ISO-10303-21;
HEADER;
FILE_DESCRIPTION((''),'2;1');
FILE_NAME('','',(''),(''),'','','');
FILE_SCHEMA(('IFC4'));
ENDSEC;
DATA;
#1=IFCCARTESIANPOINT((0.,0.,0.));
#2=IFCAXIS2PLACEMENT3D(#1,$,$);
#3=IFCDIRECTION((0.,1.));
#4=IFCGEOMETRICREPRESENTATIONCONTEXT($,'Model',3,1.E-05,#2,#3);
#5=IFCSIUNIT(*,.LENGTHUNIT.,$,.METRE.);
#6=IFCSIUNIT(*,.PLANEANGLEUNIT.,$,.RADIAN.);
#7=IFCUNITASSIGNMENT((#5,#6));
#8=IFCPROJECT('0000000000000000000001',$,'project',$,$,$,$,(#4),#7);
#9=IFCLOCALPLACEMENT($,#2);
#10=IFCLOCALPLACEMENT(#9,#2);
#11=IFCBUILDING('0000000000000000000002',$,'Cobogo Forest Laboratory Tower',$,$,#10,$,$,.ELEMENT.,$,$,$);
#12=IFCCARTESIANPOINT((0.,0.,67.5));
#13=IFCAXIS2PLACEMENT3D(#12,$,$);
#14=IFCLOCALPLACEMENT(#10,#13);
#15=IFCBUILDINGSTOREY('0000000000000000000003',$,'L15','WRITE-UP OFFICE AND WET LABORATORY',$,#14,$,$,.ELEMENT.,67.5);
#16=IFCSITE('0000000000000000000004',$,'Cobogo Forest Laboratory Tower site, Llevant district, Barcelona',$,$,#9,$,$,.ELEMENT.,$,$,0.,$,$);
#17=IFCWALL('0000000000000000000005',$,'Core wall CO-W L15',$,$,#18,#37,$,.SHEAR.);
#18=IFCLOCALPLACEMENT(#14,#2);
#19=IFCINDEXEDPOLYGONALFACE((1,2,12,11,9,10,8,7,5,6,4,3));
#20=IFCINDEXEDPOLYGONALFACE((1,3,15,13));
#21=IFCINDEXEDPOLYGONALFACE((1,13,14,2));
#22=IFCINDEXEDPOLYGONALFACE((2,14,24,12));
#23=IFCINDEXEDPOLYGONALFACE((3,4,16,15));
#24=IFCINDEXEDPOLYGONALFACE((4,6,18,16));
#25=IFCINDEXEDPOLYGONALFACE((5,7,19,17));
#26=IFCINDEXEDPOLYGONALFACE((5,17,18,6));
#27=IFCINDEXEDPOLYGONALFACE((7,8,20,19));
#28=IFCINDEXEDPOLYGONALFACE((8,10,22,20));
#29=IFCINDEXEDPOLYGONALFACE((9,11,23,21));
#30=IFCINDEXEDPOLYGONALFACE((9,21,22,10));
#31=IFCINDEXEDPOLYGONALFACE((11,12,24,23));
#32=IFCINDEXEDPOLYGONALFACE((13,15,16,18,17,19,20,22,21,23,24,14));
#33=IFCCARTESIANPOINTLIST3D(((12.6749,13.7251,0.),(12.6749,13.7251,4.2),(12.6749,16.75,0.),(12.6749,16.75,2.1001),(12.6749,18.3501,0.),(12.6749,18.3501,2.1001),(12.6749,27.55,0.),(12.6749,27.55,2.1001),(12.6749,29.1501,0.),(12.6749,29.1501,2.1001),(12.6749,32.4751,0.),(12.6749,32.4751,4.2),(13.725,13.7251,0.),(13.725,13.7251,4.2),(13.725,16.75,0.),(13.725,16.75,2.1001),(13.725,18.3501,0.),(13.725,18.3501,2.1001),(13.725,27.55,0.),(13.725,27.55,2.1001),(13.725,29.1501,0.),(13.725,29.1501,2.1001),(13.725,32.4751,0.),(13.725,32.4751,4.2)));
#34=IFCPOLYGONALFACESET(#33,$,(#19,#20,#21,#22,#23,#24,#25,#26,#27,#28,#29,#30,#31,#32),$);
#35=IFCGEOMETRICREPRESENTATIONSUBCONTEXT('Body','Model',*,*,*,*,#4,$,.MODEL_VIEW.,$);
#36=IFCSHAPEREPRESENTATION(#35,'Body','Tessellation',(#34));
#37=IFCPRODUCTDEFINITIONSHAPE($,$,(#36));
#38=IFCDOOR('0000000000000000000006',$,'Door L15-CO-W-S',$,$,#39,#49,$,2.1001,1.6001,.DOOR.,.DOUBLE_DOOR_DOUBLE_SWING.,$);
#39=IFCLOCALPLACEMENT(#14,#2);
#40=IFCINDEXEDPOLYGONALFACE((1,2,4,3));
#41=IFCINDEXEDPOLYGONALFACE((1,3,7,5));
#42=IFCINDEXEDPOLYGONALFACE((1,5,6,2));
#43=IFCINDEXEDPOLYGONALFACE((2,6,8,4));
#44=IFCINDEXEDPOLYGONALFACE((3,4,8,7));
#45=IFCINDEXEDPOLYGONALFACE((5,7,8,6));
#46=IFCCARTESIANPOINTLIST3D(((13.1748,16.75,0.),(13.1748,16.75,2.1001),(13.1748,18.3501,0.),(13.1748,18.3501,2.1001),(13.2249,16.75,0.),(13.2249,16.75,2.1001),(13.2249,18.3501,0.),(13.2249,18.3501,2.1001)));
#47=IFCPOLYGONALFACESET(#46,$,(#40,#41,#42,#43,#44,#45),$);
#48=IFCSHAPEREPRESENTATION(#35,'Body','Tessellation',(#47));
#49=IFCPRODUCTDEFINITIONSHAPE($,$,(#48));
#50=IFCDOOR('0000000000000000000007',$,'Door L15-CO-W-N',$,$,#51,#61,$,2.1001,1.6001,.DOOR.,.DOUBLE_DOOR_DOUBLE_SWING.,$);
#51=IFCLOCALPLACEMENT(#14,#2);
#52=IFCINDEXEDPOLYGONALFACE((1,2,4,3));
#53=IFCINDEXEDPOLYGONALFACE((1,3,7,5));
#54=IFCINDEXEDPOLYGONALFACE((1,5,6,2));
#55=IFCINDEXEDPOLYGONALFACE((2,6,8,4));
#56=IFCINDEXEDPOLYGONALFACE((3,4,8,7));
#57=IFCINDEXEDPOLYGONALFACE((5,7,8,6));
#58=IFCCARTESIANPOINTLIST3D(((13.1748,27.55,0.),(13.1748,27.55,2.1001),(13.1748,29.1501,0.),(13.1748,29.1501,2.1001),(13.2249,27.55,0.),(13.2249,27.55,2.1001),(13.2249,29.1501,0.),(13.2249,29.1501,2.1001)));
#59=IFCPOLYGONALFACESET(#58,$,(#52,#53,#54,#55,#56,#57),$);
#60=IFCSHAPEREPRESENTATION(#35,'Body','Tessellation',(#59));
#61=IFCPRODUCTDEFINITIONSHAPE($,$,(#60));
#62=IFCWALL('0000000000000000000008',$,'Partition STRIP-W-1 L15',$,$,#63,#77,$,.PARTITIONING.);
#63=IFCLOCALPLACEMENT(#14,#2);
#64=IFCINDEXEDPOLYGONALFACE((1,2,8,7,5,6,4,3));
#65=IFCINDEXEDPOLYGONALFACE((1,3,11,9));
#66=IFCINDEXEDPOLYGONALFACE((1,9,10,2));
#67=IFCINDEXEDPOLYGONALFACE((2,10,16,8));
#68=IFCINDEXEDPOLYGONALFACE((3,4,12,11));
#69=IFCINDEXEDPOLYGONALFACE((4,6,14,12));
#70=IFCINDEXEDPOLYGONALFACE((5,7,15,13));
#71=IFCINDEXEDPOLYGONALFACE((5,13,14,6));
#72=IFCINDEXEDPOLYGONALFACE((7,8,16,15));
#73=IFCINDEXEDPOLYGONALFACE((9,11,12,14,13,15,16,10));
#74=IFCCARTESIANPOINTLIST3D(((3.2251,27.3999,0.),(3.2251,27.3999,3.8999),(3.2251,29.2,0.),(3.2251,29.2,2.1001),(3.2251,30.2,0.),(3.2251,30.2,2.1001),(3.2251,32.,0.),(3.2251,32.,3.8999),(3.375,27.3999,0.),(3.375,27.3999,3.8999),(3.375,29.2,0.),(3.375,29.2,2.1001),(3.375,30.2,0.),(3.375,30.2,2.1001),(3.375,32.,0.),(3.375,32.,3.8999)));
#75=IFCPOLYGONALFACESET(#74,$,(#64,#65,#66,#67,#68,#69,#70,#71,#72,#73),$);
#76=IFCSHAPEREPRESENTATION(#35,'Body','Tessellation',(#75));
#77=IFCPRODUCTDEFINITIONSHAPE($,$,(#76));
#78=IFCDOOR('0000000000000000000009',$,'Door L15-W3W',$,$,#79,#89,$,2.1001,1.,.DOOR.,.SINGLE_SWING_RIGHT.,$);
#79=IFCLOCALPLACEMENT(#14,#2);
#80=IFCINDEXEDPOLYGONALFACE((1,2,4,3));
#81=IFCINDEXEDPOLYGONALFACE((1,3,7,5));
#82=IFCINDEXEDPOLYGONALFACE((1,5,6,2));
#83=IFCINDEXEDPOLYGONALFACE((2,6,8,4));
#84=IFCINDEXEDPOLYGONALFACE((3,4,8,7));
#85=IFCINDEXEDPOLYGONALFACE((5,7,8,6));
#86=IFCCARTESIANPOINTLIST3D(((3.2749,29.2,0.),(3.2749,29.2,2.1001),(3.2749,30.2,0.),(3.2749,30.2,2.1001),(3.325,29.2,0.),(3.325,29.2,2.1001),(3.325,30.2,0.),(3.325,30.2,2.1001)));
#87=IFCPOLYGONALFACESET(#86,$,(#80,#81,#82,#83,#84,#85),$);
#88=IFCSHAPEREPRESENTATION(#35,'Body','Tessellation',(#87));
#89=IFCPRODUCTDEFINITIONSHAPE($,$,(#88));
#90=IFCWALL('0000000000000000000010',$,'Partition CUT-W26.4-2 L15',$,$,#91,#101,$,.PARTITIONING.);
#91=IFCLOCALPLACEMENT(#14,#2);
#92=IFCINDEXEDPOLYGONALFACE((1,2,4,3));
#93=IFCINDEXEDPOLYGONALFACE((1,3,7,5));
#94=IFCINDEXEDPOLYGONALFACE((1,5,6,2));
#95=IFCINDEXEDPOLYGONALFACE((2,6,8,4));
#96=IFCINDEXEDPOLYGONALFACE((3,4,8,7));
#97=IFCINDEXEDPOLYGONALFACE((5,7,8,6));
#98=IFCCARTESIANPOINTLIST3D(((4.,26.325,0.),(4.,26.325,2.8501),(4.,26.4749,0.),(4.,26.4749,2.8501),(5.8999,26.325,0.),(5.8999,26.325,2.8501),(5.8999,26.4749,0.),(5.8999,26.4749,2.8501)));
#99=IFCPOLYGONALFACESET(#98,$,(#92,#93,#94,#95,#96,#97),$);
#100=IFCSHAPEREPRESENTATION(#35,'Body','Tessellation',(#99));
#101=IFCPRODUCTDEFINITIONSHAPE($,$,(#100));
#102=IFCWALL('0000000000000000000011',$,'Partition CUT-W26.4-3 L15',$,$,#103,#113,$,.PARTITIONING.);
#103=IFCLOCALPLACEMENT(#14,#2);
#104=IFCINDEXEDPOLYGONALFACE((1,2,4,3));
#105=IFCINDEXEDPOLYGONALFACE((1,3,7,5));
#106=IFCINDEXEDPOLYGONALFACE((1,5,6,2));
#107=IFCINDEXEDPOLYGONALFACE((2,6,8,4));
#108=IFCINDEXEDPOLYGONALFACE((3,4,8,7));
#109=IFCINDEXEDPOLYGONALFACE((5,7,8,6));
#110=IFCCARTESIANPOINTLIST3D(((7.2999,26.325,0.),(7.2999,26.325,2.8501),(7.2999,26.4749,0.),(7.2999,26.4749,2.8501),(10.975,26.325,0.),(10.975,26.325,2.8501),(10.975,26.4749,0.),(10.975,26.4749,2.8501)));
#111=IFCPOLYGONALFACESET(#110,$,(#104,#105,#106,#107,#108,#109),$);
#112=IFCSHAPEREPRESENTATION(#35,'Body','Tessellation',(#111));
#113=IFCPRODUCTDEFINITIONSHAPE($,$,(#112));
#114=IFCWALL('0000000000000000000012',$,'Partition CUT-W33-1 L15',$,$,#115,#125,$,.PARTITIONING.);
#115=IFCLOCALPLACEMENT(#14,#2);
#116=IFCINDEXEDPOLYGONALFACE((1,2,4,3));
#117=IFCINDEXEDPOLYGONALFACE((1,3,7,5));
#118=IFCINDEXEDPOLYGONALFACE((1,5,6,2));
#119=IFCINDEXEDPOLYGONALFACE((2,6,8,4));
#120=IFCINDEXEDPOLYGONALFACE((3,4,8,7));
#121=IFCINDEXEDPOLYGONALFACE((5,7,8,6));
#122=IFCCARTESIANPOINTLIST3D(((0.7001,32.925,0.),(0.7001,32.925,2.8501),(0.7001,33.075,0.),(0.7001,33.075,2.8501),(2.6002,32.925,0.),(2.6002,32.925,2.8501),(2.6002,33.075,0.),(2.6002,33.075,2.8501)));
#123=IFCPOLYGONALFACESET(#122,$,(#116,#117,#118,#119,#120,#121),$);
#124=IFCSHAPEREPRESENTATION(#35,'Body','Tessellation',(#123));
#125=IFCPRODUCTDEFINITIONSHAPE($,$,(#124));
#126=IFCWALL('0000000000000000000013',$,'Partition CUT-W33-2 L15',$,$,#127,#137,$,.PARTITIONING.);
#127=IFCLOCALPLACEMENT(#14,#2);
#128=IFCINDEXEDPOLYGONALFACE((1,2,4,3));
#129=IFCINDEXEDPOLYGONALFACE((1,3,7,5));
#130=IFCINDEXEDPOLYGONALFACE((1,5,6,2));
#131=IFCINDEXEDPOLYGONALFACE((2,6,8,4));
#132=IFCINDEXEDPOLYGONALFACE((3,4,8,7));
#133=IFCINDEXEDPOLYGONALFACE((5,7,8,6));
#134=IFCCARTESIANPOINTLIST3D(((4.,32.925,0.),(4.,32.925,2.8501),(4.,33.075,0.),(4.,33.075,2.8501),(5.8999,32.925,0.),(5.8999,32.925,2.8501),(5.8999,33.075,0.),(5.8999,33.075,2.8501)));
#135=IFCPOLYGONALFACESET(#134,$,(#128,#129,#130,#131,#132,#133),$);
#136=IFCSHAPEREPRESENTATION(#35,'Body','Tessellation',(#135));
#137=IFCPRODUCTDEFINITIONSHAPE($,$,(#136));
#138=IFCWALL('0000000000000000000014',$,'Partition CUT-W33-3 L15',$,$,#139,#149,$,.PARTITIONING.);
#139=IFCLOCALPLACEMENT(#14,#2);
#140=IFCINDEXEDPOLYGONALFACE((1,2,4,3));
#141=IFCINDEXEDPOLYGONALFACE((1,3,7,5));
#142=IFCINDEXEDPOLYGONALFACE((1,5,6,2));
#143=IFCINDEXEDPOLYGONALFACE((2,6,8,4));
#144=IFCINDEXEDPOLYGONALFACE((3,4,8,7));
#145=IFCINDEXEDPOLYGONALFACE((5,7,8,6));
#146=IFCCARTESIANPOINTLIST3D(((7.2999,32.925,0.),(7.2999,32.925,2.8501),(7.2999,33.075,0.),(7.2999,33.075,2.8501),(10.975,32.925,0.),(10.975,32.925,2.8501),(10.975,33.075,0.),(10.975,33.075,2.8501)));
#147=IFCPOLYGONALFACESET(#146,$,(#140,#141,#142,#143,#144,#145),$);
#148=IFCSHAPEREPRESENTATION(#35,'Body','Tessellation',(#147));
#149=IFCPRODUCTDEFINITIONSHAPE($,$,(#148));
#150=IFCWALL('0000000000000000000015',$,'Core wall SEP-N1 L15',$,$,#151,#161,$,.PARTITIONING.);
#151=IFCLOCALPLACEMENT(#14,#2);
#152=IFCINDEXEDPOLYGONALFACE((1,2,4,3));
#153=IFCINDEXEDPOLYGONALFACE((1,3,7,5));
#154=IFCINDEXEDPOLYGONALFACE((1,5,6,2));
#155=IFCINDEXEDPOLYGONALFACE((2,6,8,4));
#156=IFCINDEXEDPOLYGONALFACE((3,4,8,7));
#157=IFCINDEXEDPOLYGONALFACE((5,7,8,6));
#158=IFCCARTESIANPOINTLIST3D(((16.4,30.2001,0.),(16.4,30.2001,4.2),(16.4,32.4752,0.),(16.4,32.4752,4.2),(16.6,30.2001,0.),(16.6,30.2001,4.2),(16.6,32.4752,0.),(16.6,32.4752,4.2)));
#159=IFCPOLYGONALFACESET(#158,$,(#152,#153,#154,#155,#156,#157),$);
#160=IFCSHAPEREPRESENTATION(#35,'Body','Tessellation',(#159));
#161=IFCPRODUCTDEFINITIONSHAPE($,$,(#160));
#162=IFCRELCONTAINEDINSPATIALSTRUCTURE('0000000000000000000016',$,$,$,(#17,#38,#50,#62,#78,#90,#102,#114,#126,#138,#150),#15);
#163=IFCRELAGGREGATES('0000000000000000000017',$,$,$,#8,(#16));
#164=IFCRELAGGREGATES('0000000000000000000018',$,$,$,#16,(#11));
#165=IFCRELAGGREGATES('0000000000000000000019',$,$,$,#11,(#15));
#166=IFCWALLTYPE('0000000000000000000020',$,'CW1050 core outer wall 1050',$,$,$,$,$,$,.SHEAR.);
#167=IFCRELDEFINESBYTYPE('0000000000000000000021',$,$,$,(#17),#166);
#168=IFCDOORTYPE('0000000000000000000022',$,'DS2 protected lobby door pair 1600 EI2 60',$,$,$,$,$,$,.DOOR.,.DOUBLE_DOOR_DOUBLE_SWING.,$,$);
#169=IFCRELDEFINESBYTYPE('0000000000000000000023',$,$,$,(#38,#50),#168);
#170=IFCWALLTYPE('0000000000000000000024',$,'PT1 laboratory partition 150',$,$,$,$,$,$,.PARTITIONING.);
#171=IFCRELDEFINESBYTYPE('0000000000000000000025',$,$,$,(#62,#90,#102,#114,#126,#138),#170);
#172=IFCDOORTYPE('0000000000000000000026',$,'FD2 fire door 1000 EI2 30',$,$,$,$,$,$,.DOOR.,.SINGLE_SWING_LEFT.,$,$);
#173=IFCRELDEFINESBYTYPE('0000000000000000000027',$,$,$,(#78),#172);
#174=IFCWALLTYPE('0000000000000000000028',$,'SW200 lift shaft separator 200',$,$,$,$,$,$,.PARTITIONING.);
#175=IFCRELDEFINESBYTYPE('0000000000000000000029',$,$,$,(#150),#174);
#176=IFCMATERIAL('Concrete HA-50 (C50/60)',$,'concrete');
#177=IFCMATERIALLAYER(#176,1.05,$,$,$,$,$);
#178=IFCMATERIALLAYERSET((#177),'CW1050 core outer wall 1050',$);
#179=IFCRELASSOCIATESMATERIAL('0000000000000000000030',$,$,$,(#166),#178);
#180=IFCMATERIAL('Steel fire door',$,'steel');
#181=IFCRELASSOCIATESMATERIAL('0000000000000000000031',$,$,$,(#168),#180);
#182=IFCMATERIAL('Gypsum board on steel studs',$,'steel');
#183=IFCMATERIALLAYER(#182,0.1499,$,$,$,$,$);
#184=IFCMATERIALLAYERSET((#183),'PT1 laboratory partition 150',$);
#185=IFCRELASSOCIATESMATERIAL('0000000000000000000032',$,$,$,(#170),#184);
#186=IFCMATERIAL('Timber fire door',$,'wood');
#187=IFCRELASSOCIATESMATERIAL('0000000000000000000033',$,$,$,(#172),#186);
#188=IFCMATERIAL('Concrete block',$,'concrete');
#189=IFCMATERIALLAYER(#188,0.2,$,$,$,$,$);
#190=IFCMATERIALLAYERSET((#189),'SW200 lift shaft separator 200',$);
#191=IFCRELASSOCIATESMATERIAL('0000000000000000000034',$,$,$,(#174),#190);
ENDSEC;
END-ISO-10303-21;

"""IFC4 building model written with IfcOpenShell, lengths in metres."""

from ifc_helpers import new_model, si_unit, direction, frame, frame_2d, origin, place, context, subcontext, project, spatial, rectangle, extrude, material, layer, layer_set, type_object, element, fill, save


model = new_model("IFC4")

# Units and contexts
model_context = context("Model", 3, precision=1e-05, world=origin(), true_north=direction((0.0, 1.0)))
body_context = subcontext(model_context, "Body", "Model", "MODEL_VIEW")
ifc_project = project(units=[si_unit("LENGTHUNIT", "METRE"), si_unit("PLANEANGLEUNIT", "RADIAN")], contexts=[model_context])

# Site, building, storey
site_placement = place(None, origin())
site = spatial("IfcSite", under=ifc_project, at=site_placement, Name="Cobogo Forest Laboratory Tower site, Llevant district, Barcelona", CompositionType="ELEMENT", RefElevation=0.0)
building_placement = place(site_placement, origin())
building = spatial("IfcBuilding", under=site, at=building_placement, Name="Cobogo Forest Laboratory Tower", CompositionType="ELEMENT")
storey_placement = place(building_placement, frame((0.0, 0.0, 67.5)))
storey = spatial("IfcBuildingStorey", under=building, at=storey_placement, Name="L15", Description="WRITE-UP OFFICE AND WET LABORATORY", CompositionType="ELEMENT", Elevation=67.5)

# Shared definitions
ifc_material_1 = material(Name="Concrete HA-50 (C50/60)", Category="concrete")

# Shared definitions
ifc_material_2 = material(Name="Steel fire door", Category="steel")

# Wall, openings, doors
ifc_layer_1 = layer(ifc_material_1, 1.05)
ifc_layer_set_1 = layer_set([ifc_layer_1], Name="CW1050 core outer wall 1050")
wall_type_1 = type_object("IfcWallType", Name="CW1050 core outer wall 1050", PredefinedType="SHEAR", material=ifc_layer_set_1)
wall_1_placement = place(storey_placement, frame((13.2, 32.4751, 0.0), z_axis=(0.0, 0.0, 1.0), x_axis=(0.0, -1.0, 0.0)))
wall_1 = element("IfcWall", 1, at=wall_1_placement, inside=storey, type_object=wall_type_1, Name="Core wall CO-W L15", PredefinedType="SHEAR", context=body_context, shape_type="SweptSolid", body=[
    extrude(rectangle(XDim=18.75, YDim=1.05, at=frame_2d((9.375, 0.0))), origin(), (0.0, 0.0, 1.0), 4.2),
])
opening_1_placement = place(wall_1_placement, frame((14.125, 0.0, 0.0)))
opening_1 = element("IfcOpeningElement", 2, at=opening_1_placement, cuts=wall_1, PredefinedType="OPENING", context=body_context, shape_type="SweptSolid", body=[
    extrude(rectangle(XDim=1.6001, YDim=2.1001, at=frame_2d((0.8, 1.05))), frame((0.0, 0.5349, 0.0), z_axis=(0.0, -1.0, 0.0), x_axis=(1.0, 0.0, 0.0)), (0.0, 0.0, 1.0), 1.0701),
])
opening_2_placement = place(wall_1_placement, frame((3.325, 0.0, 0.0)))
opening_2 = element("IfcOpeningElement", 3, at=opening_2_placement, cuts=wall_1, PredefinedType="OPENING", context=body_context, shape_type="SweptSolid", body=[
    extrude(rectangle(XDim=1.6001, YDim=2.1001, at=frame_2d((0.8, 1.05))), frame((0.0, 0.5349, 0.0), z_axis=(0.0, -1.0, 0.0), x_axis=(1.0, 0.0, 0.0)), (0.0, 0.0, 1.0), 1.0701),
])
door_type_1 = type_object("IfcDoorType", Name="DS2 protected lobby door pair 1600 EI2 60", OperationType="DOUBLE_DOOR_DOUBLE_SWING", PredefinedType="DOOR", material=ifc_material_2)
door_1_placement = place(opening_1_placement, origin())
door_1 = element("IfcDoor", 4, at=door_1_placement, inside=storey, type_object=door_type_1, Name="Door L15-CO-W-S", OperationType="DOUBLE_DOOR_DOUBLE_SWING", OverallHeight=2.1001, OverallWidth=1.6001, PredefinedType="DOOR", context=body_context, shape_type="SweptSolid", body=[
    extrude(rectangle(XDim=1.6001, YDim=2.1001, at=frame_2d((0.8, 1.05))), frame((0.0, 0.0249, 0.0), z_axis=(0.0, -1.0, 0.0), x_axis=(1.0, 0.0, 0.0)), (0.0, 0.0, 1.0), 0.05),
])
fill(opening_1, door_1)
door_2_placement = place(opening_2_placement, origin())
door_2 = element("IfcDoor", 5, at=door_2_placement, inside=storey, type_object=door_type_1, Name="Door L15-CO-W-N", OperationType="DOUBLE_DOOR_DOUBLE_SWING", OverallHeight=2.1001, OverallWidth=1.6001, PredefinedType="DOOR", context=body_context, shape_type="SweptSolid", body=[
    extrude(rectangle(XDim=1.6001, YDim=2.1001, at=frame_2d((0.8, 1.05))), frame((0.0, 0.0249, 0.0), z_axis=(0.0, -1.0, 0.0), x_axis=(1.0, 0.0, 0.0)), (0.0, 0.0, 1.0), 0.05),
])
fill(opening_2, door_2)

# Wall, opening, door
ifc_material_3 = material(Name="Gypsum board on steel studs", Category="steel")
ifc_layer_2 = layer(ifc_material_3, 0.1499)
ifc_layer_set_2 = layer_set([ifc_layer_2], Name="PT1 laboratory partition 150")
wall_type_2 = type_object("IfcWallType", Name="PT1 laboratory partition 150", PredefinedType="PARTITIONING", material=ifc_layer_set_2)
wall_2_placement = place(storey_placement, frame((3.3, 32.0, 0.0), z_axis=(0.0, 0.0, 1.0), x_axis=(0.0, -1.0, 0.0)))
wall_2 = element("IfcWall", 6, at=wall_2_placement, inside=storey, type_object=wall_type_2, Name="Partition STRIP-W-1 L15", PredefinedType="PARTITIONING", context=body_context, shape_type="SweptSolid", body=[
    extrude(rectangle(XDim=4.6001, YDim=0.1499, at=frame_2d((2.3, 0.0))), origin(), (0.0, 0.0, 1.0), 3.8999),
])
opening_3_placement = place(wall_2_placement, frame((1.8, 0.0, 0.0)))
opening_3 = element("IfcOpeningElement", 7, at=opening_3_placement, cuts=wall_2, PredefinedType="OPENING", context=body_context, shape_type="SweptSolid", body=[
    extrude(rectangle(XDim=1.0, YDim=2.1001, at=frame_2d((0.5, 1.05))), frame((0.0, 0.085, 0.0), z_axis=(0.0, -1.0, 0.0), x_axis=(1.0, 0.0, 0.0)), (0.0, 0.0, 1.0), 0.1699),
])
ifc_material_4 = material(Name="Timber fire door", Category="wood")
door_type_2 = type_object("IfcDoorType", Name="FD2 fire door 1000 EI2 30", OperationType="SINGLE_SWING_LEFT", PredefinedType="DOOR", material=ifc_material_4)
door_3_placement = place(opening_3_placement, origin())
door_3 = element("IfcDoor", 8, at=door_3_placement, inside=storey, type_object=door_type_2, Name="Door L15-W3W", OperationType="SINGLE_SWING_RIGHT", OverallHeight=2.1001, OverallWidth=1.0, PredefinedType="DOOR", context=body_context, shape_type="SweptSolid", body=[
    extrude(rectangle(XDim=1.0, YDim=2.1001, at=frame_2d((0.5, 1.05))), frame((0.0, 0.0249, 0.0), z_axis=(0.0, -1.0, 0.0), x_axis=(1.0, 0.0, 0.0)), (0.0, 0.0, 1.0), 0.05),
])
fill(opening_3, door_3)

# Walls
wall_3_placement = place(storey_placement, frame((4.0, 26.3999, 0.0), z_axis=(0.0, 0.0, 1.0), x_axis=(1.0, 0.0, 0.0)))
element("IfcWall", 9, at=wall_3_placement, inside=storey, type_object=wall_type_2, Name="Partition CUT-W26.4-2 L15", PredefinedType="PARTITIONING", context=body_context, shape_type="SweptSolid", body=[
    extrude(rectangle(XDim=1.8999, YDim=0.1499, at=frame_2d((0.95, 0.0))), origin(), (0.0, 0.0, 1.0), 2.8501),
])
wall_4_placement = place(storey_placement, frame((7.3, 26.3999, 0.0), z_axis=(0.0, 0.0, 1.0), x_axis=(1.0, 0.0, 0.0)))
element("IfcWall", 10, at=wall_4_placement, inside=storey, type_object=wall_type_2, Name="Partition CUT-W26.4-3 L15", PredefinedType="PARTITIONING", context=body_context, shape_type="SweptSolid", body=[
    extrude(rectangle(XDim=3.675, YDim=0.1499, at=frame_2d((1.8374, 0.0))), origin(), (0.0, 0.0, 1.0), 2.8501),
])
wall_5_placement = place(storey_placement, frame((0.7, 33.0, 0.0), z_axis=(0.0, 0.0, 1.0), x_axis=(1.0, 0.0, 0.0)))
element("IfcWall", 11, at=wall_5_placement, inside=storey, type_object=wall_type_2, Name="Partition CUT-W33-1 L15", PredefinedType="PARTITIONING", context=body_context, shape_type="SweptSolid", body=[
    extrude(rectangle(XDim=1.9001, YDim=0.1499, at=frame_2d((0.9502, 0.0))), origin(), (0.0, 0.0, 1.0), 2.8501),
])
wall_6_placement = place(storey_placement, frame((4.0, 33.0, 0.0), z_axis=(0.0, 0.0, 1.0), x_axis=(1.0, 0.0, 0.0)))
element("IfcWall", 12, at=wall_6_placement, inside=storey, type_object=wall_type_2, Name="Partition CUT-W33-2 L15", PredefinedType="PARTITIONING", context=body_context, shape_type="SweptSolid", body=[
    extrude(rectangle(XDim=1.8999, YDim=0.1499, at=frame_2d((0.95, 0.0))), origin(), (0.0, 0.0, 1.0), 2.8501),
])
wall_7_placement = place(storey_placement, frame((7.3, 33.0, 0.0), z_axis=(0.0, 0.0, 1.0), x_axis=(1.0, 0.0, 0.0)))
element("IfcWall", 13, at=wall_7_placement, inside=storey, type_object=wall_type_2, Name="Partition CUT-W33-3 L15", PredefinedType="PARTITIONING", context=body_context, shape_type="SweptSolid", body=[
    extrude(rectangle(XDim=3.675, YDim=0.1499, at=frame_2d((1.8374, 0.0))), origin(), (0.0, 0.0, 1.0), 2.8501),
])
ifc_material_5 = material(Name="Concrete block", Category="concrete")
ifc_layer_3 = layer(ifc_material_5, 0.2)
ifc_layer_set_3 = layer_set([ifc_layer_3], Name="SW200 lift shaft separator 200")
wall_type_3 = type_object("IfcWallType", Name="SW200 lift shaft separator 200", PredefinedType="PARTITIONING", material=ifc_layer_set_3)
wall_8_placement = place(storey_placement, frame((16.5, 30.2, 0.0), z_axis=(0.0, 0.0, 1.0), x_axis=(0.0, 1.0, 0.0)))
element("IfcWall", 14, at=wall_8_placement, inside=storey, type_object=wall_type_3, Name="Core wall SEP-N1 L15", PredefinedType="PARTITIONING", context=body_context, shape_type="SweptSolid", body=[
    extrude(rectangle(XDim=2.2751, YDim=0.2, at=frame_2d((1.1377, 0.0))), origin(), (0.0, 0.0, 1.0), 4.2),
])

save(model, "model.ifc")
